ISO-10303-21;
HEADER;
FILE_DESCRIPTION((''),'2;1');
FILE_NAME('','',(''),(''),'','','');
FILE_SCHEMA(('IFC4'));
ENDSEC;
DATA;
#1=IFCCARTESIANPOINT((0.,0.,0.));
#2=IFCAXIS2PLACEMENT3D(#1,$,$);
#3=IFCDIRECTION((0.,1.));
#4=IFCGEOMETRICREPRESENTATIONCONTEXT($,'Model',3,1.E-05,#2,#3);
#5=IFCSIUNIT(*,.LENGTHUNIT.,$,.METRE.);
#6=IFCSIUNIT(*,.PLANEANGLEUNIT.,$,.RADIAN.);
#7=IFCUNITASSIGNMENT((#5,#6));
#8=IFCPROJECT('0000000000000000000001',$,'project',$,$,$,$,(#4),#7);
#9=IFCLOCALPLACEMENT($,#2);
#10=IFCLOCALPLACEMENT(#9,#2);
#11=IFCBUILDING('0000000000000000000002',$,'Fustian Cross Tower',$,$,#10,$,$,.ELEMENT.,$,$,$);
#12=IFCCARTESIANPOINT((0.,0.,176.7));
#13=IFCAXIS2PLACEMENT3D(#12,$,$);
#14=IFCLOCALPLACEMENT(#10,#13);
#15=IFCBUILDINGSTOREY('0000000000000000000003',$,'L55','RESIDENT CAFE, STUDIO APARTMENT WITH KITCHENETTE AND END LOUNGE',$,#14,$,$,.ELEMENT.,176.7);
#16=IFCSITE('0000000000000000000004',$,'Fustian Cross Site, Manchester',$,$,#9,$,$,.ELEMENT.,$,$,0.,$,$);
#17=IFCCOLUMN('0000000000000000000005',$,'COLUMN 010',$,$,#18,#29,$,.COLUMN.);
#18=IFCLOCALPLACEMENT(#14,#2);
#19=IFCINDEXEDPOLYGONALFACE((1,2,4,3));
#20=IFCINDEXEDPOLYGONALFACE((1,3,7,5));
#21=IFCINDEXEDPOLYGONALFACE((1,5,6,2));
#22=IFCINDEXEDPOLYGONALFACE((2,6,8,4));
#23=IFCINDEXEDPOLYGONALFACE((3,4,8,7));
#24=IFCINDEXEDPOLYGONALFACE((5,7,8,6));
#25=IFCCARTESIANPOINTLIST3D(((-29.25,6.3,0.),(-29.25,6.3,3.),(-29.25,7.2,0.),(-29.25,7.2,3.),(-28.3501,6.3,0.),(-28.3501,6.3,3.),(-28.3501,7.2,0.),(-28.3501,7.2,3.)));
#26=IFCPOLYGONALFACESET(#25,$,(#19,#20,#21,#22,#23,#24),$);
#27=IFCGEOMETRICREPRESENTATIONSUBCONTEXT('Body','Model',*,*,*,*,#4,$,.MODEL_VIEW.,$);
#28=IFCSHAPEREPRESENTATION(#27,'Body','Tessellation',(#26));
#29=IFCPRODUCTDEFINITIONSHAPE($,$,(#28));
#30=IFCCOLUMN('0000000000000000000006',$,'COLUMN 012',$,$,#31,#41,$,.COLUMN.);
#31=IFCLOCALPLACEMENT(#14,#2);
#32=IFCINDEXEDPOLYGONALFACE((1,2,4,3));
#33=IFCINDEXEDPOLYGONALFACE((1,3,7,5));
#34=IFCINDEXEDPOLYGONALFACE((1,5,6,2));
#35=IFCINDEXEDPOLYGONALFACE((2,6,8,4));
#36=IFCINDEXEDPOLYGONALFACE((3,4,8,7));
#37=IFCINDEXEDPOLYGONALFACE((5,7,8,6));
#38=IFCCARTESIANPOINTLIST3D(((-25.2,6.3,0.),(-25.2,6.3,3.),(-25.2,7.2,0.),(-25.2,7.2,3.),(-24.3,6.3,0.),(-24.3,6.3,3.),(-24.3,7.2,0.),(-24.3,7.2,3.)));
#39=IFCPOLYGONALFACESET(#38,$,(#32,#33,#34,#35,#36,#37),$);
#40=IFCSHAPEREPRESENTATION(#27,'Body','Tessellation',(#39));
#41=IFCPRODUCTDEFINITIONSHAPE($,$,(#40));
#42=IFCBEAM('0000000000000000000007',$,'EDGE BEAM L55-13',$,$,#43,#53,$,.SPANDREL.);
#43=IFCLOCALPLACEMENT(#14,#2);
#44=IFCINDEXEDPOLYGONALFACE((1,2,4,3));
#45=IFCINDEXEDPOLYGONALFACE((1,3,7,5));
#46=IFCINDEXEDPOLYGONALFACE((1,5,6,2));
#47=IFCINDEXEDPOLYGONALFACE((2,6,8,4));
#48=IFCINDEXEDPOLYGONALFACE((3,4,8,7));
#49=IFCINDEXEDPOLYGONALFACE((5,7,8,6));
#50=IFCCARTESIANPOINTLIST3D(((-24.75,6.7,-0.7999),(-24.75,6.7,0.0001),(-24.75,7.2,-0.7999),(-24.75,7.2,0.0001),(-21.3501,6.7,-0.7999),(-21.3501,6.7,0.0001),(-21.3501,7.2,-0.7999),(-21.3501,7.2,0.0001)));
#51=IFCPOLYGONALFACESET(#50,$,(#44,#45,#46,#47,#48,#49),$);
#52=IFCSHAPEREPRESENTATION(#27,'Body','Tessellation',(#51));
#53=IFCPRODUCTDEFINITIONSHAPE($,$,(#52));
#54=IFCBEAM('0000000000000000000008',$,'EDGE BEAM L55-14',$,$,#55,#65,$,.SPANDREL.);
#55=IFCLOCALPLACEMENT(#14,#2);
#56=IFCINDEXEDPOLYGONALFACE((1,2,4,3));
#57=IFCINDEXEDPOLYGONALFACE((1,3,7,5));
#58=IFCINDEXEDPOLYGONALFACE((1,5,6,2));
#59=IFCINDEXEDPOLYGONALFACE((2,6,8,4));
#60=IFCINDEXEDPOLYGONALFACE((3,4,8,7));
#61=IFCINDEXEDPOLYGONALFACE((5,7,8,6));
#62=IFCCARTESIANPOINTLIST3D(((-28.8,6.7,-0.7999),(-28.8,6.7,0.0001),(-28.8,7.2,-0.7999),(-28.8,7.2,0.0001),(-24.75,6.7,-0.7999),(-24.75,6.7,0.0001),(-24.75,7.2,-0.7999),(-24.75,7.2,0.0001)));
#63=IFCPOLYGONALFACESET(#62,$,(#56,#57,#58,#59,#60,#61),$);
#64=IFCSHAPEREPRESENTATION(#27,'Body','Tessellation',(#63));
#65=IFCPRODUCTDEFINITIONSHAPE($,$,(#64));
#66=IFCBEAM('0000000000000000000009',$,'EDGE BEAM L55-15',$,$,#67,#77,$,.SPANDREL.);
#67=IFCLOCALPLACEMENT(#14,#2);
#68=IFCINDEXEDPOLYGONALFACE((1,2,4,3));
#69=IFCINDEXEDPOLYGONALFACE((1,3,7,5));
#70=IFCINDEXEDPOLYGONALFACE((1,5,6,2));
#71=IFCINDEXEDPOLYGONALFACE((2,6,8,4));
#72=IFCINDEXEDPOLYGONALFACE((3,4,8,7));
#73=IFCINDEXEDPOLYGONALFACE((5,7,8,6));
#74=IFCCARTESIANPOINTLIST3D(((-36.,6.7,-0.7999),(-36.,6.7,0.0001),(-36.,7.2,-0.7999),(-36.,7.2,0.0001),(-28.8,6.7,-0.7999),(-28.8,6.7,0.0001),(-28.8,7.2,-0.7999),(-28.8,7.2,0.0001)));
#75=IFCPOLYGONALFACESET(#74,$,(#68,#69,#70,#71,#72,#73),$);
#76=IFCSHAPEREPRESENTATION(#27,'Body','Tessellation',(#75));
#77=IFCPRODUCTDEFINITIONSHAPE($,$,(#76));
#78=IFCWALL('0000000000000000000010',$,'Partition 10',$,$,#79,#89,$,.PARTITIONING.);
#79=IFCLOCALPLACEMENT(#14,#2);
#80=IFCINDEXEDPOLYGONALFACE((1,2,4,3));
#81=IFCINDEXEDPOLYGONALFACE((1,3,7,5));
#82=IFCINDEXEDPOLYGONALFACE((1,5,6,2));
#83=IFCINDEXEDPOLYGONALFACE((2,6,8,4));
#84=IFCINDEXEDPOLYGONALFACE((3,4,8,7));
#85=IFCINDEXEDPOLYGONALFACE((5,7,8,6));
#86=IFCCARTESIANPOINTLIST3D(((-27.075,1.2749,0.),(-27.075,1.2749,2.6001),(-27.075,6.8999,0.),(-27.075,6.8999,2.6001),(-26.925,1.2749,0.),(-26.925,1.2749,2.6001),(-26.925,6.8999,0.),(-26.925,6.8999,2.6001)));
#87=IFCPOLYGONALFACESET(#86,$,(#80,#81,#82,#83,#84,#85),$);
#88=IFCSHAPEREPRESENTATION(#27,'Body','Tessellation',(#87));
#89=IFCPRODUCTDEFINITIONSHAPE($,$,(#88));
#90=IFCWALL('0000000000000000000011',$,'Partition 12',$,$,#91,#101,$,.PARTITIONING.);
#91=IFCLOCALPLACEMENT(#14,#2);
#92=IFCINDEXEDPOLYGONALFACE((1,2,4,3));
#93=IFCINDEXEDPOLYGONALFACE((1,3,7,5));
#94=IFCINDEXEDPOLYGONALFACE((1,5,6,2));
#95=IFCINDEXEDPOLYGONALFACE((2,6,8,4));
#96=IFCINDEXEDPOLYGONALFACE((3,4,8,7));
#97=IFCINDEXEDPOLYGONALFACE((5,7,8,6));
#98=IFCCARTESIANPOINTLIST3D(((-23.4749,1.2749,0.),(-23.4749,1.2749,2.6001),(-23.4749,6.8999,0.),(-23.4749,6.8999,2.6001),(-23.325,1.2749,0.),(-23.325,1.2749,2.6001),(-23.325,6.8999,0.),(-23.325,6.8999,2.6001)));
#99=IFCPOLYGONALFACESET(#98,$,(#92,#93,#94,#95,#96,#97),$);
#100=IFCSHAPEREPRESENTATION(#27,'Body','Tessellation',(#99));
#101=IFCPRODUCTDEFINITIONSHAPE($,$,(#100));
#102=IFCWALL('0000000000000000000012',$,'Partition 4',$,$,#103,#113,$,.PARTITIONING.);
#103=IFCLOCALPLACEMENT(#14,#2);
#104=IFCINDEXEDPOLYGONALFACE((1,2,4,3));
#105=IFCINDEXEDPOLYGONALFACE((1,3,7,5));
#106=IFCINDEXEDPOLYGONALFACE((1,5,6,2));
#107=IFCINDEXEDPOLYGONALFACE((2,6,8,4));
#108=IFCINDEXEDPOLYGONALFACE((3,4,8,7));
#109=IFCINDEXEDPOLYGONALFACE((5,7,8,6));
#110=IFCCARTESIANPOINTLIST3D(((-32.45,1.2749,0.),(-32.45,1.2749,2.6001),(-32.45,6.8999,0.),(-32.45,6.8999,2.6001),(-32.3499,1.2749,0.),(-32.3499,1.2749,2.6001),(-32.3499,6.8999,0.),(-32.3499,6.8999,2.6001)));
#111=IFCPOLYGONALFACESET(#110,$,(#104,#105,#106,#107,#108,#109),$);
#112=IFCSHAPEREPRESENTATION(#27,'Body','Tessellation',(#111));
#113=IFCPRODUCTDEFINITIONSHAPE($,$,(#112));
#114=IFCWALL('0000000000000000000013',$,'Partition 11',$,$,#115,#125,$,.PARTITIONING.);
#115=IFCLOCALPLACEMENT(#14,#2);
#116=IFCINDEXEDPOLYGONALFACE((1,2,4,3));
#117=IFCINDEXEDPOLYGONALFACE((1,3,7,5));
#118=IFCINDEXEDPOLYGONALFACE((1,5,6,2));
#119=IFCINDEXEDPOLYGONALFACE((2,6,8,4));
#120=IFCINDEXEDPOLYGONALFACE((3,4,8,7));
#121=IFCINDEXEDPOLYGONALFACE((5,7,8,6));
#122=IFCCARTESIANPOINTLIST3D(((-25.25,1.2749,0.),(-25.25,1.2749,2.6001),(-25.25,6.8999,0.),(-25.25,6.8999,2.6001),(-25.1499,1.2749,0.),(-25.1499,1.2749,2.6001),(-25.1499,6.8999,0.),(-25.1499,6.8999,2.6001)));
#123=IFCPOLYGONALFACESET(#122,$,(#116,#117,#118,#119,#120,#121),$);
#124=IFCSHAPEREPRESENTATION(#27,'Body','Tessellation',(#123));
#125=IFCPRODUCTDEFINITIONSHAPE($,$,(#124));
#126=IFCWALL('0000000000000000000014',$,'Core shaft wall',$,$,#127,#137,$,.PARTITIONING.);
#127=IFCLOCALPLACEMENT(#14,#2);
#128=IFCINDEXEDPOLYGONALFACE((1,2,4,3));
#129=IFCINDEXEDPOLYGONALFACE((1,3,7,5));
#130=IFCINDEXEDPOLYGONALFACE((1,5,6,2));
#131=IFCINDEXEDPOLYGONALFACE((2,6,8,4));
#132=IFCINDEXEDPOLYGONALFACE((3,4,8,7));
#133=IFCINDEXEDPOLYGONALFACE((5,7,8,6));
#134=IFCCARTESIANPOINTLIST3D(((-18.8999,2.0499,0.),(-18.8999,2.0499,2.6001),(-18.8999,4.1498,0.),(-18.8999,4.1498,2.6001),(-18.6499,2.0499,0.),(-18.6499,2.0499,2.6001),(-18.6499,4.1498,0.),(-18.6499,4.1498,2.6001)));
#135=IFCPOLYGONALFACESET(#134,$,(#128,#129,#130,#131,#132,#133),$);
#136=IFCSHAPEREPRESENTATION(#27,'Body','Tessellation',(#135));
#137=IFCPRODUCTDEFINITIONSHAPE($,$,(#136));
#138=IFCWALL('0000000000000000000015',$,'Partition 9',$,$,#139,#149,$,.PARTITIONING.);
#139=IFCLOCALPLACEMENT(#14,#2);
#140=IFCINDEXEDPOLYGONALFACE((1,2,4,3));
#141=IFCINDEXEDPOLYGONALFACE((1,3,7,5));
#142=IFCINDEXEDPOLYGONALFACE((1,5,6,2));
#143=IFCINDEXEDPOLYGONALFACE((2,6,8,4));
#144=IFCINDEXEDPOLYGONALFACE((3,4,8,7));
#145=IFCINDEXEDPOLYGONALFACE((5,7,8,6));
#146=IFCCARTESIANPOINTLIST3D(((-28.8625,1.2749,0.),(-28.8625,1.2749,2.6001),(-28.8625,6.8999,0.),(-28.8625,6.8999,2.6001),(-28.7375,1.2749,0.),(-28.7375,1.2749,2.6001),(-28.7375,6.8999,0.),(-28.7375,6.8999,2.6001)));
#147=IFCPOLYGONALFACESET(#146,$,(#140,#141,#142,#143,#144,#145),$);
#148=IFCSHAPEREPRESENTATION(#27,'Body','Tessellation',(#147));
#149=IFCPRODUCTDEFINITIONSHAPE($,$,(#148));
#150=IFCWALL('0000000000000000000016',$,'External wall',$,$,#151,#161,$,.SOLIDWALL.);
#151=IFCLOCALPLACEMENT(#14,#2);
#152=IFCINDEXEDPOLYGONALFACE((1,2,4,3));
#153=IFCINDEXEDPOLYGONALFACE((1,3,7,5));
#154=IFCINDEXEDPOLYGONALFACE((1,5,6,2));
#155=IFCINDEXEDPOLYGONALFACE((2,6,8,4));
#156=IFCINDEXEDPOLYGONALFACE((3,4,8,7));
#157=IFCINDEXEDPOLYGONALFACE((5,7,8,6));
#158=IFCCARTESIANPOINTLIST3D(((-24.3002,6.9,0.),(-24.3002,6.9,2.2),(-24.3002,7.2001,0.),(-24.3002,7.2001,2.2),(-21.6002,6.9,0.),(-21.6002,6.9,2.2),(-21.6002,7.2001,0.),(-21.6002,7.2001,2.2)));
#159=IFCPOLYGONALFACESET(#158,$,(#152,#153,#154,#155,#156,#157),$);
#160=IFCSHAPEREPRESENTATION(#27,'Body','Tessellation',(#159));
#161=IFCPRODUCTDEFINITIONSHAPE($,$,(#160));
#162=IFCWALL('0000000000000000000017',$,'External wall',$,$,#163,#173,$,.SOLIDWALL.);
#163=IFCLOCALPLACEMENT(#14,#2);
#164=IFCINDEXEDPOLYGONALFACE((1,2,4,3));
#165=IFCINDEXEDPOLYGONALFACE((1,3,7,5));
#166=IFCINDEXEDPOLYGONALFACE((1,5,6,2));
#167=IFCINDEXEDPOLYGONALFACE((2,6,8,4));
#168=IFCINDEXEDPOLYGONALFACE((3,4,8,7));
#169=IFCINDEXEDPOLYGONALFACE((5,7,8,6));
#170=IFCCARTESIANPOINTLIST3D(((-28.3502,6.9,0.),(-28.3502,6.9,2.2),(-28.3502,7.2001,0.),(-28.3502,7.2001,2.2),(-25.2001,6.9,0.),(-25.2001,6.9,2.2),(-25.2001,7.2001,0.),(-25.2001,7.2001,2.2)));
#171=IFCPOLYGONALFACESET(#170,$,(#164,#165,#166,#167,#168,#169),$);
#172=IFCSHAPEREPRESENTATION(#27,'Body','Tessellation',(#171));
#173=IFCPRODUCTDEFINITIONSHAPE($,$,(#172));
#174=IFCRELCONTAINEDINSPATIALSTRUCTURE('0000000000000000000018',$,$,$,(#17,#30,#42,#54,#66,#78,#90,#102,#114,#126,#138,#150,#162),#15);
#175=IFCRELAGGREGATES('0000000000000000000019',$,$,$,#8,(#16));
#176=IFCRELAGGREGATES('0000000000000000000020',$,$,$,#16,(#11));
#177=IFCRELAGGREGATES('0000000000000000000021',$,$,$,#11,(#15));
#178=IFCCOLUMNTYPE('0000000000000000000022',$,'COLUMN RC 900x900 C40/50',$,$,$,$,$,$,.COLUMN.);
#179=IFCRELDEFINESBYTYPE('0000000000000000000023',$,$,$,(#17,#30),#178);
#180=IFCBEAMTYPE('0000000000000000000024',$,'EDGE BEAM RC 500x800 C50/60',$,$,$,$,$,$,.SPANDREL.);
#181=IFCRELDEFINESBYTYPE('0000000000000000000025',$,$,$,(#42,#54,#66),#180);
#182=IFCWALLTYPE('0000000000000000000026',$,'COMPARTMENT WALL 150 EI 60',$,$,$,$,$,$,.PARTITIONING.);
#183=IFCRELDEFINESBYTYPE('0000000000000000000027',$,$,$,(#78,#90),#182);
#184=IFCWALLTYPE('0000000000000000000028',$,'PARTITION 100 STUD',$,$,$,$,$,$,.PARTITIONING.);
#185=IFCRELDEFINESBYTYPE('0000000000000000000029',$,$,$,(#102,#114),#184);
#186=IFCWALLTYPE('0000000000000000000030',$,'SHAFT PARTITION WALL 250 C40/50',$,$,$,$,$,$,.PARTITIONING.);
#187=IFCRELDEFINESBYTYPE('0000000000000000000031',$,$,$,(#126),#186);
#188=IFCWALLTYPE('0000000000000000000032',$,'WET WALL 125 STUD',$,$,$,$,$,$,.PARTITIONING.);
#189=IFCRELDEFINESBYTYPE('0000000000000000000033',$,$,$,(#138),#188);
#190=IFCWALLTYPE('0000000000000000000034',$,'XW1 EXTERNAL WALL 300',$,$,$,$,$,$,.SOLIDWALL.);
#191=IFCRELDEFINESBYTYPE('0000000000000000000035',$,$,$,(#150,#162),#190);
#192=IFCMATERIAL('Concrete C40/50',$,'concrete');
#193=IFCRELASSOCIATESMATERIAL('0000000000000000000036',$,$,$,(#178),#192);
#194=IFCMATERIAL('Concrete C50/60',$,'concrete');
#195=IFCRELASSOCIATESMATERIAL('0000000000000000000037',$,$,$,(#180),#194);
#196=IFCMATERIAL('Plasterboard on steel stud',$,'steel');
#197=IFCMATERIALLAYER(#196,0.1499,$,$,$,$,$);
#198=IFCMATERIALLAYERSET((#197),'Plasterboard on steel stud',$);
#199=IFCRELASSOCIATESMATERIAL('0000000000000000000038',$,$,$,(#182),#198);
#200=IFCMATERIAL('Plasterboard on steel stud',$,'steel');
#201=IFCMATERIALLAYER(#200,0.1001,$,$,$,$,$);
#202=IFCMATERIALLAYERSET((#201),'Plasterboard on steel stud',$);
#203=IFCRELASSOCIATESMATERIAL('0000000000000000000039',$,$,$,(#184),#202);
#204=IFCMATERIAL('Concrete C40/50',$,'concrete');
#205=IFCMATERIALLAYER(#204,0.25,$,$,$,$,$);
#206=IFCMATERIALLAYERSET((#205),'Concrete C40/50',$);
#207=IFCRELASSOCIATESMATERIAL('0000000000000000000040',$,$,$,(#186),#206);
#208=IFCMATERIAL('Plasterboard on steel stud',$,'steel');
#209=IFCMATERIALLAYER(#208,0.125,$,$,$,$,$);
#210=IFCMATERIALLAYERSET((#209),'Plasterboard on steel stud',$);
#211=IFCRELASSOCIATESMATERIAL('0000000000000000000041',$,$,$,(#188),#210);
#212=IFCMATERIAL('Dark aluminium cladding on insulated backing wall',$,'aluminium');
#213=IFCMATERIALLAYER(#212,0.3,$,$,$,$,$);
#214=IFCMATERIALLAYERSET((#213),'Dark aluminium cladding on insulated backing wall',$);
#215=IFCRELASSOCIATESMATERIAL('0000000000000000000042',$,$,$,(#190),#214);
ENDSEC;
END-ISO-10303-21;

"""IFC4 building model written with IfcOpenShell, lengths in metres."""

from ifc_helpers import new_model, si_unit, direction, frame, frame_2d, origin, origin_2d, place, context, subcontext, project, spatial, rectangle, extrude, material, layer, layer_set, material_profile, profile_set, type_object, element, save


model = new_model("IFC4")

# Units and contexts
model_context = context("Model", 3, precision=1e-05, world=origin(), true_north=direction((0.0, 1.0)))
body_context = subcontext(model_context, "Body", "Model", "MODEL_VIEW")
ifc_project = project(units=[si_unit("LENGTHUNIT", "METRE"), si_unit("PLANEANGLEUNIT", "RADIAN")], contexts=[model_context])

# Site, building, storey
site_placement = place(None, origin())
site = spatial("IfcSite", under=ifc_project, at=site_placement, Name="Fustian Cross Site, Manchester", CompositionType="ELEMENT", RefElevation=0.0)
building_placement = place(site_placement, origin())
building = spatial("IfcBuilding", under=site, at=building_placement, Name="Fustian Cross Tower", CompositionType="ELEMENT")
storey_placement = place(building_placement, frame((0.0, 0.0, 176.7)))
storey = spatial("IfcBuildingStorey", under=building, at=storey_placement, Name="L55", Description="RESIDENT CAFE, STUDIO APARTMENT WITH KITCHENETTE AND END LOUNGE", CompositionType="ELEMENT", Elevation=176.7)

# Columns
ifc_material_1 = material(Name="Concrete C40/50", Category="concrete")
ifc_material_profile_1 = material_profile(ifc_material_1, rectangle(XDim=0.8999, YDim=0.8999, at=origin_2d()), Name="RC 900x900")
ifc_profile_set_1 = profile_set([ifc_material_profile_1], Name="Concrete C40/50")
column_type = type_object("IfcColumnType", Name="COLUMN RC 900x900 C40/50", PredefinedType="COLUMN", material=ifc_profile_set_1)
for number, where, z_axis, x_axis, name in (
    (1, (-28.8, 6.75, 0.0), (0.0, 0.0, 1.0), (1.0, 0.0, 0.0), "COLUMN 010"),
    (2, (-24.75, 6.75, 0.0), (0.0, 0.0, 1.0), (1.0, 0.0, 0.0), "COLUMN 012"),
):
    element("IfcColumn", number, at=place(storey_placement, frame(where, z_axis=z_axis, x_axis=x_axis)), inside=storey, type_object=column_type, Name=name, PredefinedType="COLUMN", context=body_context, shape_type="SweptSolid", body=[
        extrude(rectangle(XDim=0.8999, YDim=0.8999, at=origin_2d()), origin(), (0.0, 0.0, 1.0), 3.0),
    ])

# Beams
ifc_material_2 = material(Name="Concrete C50/60", Category="concrete")
ifc_material_profile_2 = material_profile(ifc_material_2, rectangle(XDim=0.5, YDim=0.8, at=origin_2d()), Name="RC 500x800")
ifc_profile_set_2 = profile_set([ifc_material_profile_2], Name="Concrete C50/60")
beam_type = type_object("IfcBeamType", Name="EDGE BEAM RC 500x800 C50/60", PredefinedType="SPANDREL", material=ifc_profile_set_2)
beam_1_placement = place(storey_placement, frame((-21.3501, 6.95, -0.3999), z_axis=(-1.0, 0.0, 0.0), x_axis=(0.0, -1.0, 0.0)))
element("IfcBeam", 3, at=beam_1_placement, inside=storey, type_object=beam_type, Name="EDGE BEAM L55-13", PredefinedType="SPANDREL", context=body_context, shape_type="SweptSolid", body=[
    extrude(rectangle(XDim=0.5, YDim=0.8, at=origin_2d()), origin(), (0.0, 0.0, 1.0), 3.3999),
])
beam_2_placement = place(storey_placement, frame((-24.75, 6.95, -0.3999), z_axis=(-1.0, 0.0, 0.0), x_axis=(0.0, -1.0, 0.0)))
element("IfcBeam", 4, at=beam_2_placement, inside=storey, type_object=beam_type, Name="EDGE BEAM L55-14", PredefinedType="SPANDREL", context=body_context, shape_type="SweptSolid", body=[
    extrude(rectangle(XDim=0.5, YDim=0.8, at=origin_2d()), origin(), (0.0, 0.0, 1.0), 4.05),
])
beam_3_placement = place(storey_placement, frame((-28.8, 6.95, -0.3999), z_axis=(-1.0, 0.0, 0.0), x_axis=(0.0, -1.0, 0.0)))
element("IfcBeam", 5, at=beam_3_placement, inside=storey, type_object=beam_type, Name="EDGE BEAM L55-15", PredefinedType="SPANDREL", context=body_context, shape_type="SweptSolid", body=[
    extrude(rectangle(XDim=0.5, YDim=0.8, at=origin_2d()), origin(), (0.0, 0.0, 1.0), 7.2),
])

# Walls
ifc_material_3 = material(Name="Plasterboard on steel stud", Category="steel")
ifc_layer_1 = layer(ifc_material_3, 0.1499)
ifc_layer_set_1 = layer_set([ifc_layer_1], Name="Plasterboard on steel stud")
wall_type_1 = type_object("IfcWallType", Name="COMPARTMENT WALL 150 EI 60", PredefinedType="PARTITIONING", material=ifc_layer_set_1)
for number, where, z_axis, x_axis, name in (
    (6, (-27.0, 1.2749, 0.0), (0.0, 0.0, 1.0), (0.0, 1.0, 0.0), "Partition 10"),
    (7, (-23.3999, 1.2749, 0.0), (0.0, 0.0, 1.0), (0.0, 1.0, 0.0), "Partition 12"),
):
    element("IfcWall", number, at=place(storey_placement, frame(where, z_axis=z_axis, x_axis=x_axis)), inside=storey, type_object=wall_type_1, Name=name, PredefinedType="PARTITIONING", context=body_context, shape_type="SweptSolid", body=[
        extrude(rectangle(XDim=5.625, YDim=0.1499, at=frame_2d((2.8125, 0.0))), origin(), (0.0, 0.0, 1.0), 2.6001),
    ])
ifc_material_4 = material(Name="Plasterboard on steel stud", Category="steel")
ifc_layer_2 = layer(ifc_material_4, 0.1001)
ifc_layer_set_2 = layer_set([ifc_layer_2], Name="Plasterboard on steel stud")
wall_type_2 = type_object("IfcWallType", Name="PARTITION 100 STUD", PredefinedType="PARTITIONING", material=ifc_layer_set_2)
for number, where, z_axis, x_axis, name in (
    (8, (-32.3999, 1.2749, 0.0), (0.0, 0.0, 1.0), (0.0, 1.0, 0.0), "Partition 4"),
    (9, (-25.2, 1.2749, 0.0), (0.0, 0.0, 1.0), (0.0, 1.0, 0.0), "Partition 11"),
):
    element("IfcWall", number, at=place(storey_placement, frame(where, z_axis=z_axis, x_axis=x_axis)), inside=storey, type_object=wall_type_2, Name=name, PredefinedType="PARTITIONING", context=body_context, shape_type="SweptSolid", body=[
        extrude(rectangle(XDim=5.625, YDim=0.1001, at=frame_2d((2.8125, 0.0))), origin(), (0.0, 0.0, 1.0), 2.6001),
    ])
ifc_material_5 = material(Name="Concrete C40/50", Category="concrete")
ifc_layer_3 = layer(ifc_material_5, 0.25)
ifc_layer_set_3 = layer_set([ifc_layer_3], Name="Concrete C40/50")
wall_type_3 = type_object("IfcWallType", Name="SHAFT PARTITION WALL 250 C40/50", PredefinedType="PARTITIONING", material=ifc_layer_set_3)
wall_1_placement = place(storey_placement, frame((-18.7749, 2.05, 0.0), z_axis=(0.0, 0.0, 1.0), x_axis=(0.0, 1.0, 0.0)))
element("IfcWall", 10, at=wall_1_placement, inside=storey, type_object=wall_type_3, Name="Core shaft wall", PredefinedType="PARTITIONING", context=body_context, shape_type="SweptSolid", body=[
    extrude(rectangle(XDim=2.0999, YDim=0.25, at=frame_2d((1.0498, 0.0))), origin(), (0.0, 0.0, 1.0), 2.6001),
])
ifc_material_6 = material(Name="Plasterboard on steel stud", Category="steel")
ifc_layer_4 = layer(ifc_material_6, 0.125)
ifc_layer_set_4 = layer_set([ifc_layer_4], Name="Plasterboard on steel stud")
wall_type_4 = type_object("IfcWallType", Name="WET WALL 125 STUD", PredefinedType="PARTITIONING", material=ifc_layer_set_4)
wall_2_placement = place(storey_placement, frame((-28.8, 1.2749, 0.0), z_axis=(0.0, 0.0, 1.0), x_axis=(0.0, 1.0, 0.0)))
element("IfcWall", 11, at=wall_2_placement, inside=storey, type_object=wall_type_4, Name="Partition 9", PredefinedType="PARTITIONING", context=body_context, shape_type="SweptSolid", body=[
    extrude(rectangle(XDim=5.625, YDim=0.125, at=frame_2d((2.8125, 0.0))), origin(), (0.0, 0.0, 1.0), 2.6001),
])
ifc_material_7 = material(Name="Dark aluminium cladding on insulated backing wall", Category="aluminium")
ifc_layer_5 = layer(ifc_material_7, 0.3)
ifc_layer_set_5 = layer_set([ifc_layer_5], Name="Dark aluminium cladding on insulated backing wall")
wall_type_5 = type_object("IfcWallType", Name="XW1 EXTERNAL WALL 300", PredefinedType="SOLIDWALL", material=ifc_layer_set_5)
wall_3_placement = place(storey_placement, frame((-21.6001, 7.05, 0.0), z_axis=(0.0, 0.0, 1.0), x_axis=(-1.0, 0.0, 0.0)))
element("IfcWall", 12, at=wall_3_placement, inside=storey, type_object=wall_type_5, Name="External wall", PredefinedType="SOLIDWALL", context=body_context, shape_type="SweptSolid", body=[
    extrude(rectangle(XDim=2.7, YDim=0.3, at=frame_2d((1.3501, 0.0))), origin(), (0.0, 0.0, 1.0), 2.2),
])
wall_4_placement = place(storey_placement, frame((-25.2, 7.05, 0.0), z_axis=(0.0, 0.0, 1.0), x_axis=(-1.0, 0.0, 0.0)))
element("IfcWall", 13, at=wall_4_placement, inside=storey, type_object=wall_type_5, Name="External wall", PredefinedType="SOLIDWALL", context=body_context, shape_type="SweptSolid", body=[
    extrude(rectangle(XDim=3.1501, YDim=0.3, at=frame_2d((1.5752, 0.0))), origin(), (0.0, 0.0, 1.0), 2.2),
])

save(model, "model.ifc")
